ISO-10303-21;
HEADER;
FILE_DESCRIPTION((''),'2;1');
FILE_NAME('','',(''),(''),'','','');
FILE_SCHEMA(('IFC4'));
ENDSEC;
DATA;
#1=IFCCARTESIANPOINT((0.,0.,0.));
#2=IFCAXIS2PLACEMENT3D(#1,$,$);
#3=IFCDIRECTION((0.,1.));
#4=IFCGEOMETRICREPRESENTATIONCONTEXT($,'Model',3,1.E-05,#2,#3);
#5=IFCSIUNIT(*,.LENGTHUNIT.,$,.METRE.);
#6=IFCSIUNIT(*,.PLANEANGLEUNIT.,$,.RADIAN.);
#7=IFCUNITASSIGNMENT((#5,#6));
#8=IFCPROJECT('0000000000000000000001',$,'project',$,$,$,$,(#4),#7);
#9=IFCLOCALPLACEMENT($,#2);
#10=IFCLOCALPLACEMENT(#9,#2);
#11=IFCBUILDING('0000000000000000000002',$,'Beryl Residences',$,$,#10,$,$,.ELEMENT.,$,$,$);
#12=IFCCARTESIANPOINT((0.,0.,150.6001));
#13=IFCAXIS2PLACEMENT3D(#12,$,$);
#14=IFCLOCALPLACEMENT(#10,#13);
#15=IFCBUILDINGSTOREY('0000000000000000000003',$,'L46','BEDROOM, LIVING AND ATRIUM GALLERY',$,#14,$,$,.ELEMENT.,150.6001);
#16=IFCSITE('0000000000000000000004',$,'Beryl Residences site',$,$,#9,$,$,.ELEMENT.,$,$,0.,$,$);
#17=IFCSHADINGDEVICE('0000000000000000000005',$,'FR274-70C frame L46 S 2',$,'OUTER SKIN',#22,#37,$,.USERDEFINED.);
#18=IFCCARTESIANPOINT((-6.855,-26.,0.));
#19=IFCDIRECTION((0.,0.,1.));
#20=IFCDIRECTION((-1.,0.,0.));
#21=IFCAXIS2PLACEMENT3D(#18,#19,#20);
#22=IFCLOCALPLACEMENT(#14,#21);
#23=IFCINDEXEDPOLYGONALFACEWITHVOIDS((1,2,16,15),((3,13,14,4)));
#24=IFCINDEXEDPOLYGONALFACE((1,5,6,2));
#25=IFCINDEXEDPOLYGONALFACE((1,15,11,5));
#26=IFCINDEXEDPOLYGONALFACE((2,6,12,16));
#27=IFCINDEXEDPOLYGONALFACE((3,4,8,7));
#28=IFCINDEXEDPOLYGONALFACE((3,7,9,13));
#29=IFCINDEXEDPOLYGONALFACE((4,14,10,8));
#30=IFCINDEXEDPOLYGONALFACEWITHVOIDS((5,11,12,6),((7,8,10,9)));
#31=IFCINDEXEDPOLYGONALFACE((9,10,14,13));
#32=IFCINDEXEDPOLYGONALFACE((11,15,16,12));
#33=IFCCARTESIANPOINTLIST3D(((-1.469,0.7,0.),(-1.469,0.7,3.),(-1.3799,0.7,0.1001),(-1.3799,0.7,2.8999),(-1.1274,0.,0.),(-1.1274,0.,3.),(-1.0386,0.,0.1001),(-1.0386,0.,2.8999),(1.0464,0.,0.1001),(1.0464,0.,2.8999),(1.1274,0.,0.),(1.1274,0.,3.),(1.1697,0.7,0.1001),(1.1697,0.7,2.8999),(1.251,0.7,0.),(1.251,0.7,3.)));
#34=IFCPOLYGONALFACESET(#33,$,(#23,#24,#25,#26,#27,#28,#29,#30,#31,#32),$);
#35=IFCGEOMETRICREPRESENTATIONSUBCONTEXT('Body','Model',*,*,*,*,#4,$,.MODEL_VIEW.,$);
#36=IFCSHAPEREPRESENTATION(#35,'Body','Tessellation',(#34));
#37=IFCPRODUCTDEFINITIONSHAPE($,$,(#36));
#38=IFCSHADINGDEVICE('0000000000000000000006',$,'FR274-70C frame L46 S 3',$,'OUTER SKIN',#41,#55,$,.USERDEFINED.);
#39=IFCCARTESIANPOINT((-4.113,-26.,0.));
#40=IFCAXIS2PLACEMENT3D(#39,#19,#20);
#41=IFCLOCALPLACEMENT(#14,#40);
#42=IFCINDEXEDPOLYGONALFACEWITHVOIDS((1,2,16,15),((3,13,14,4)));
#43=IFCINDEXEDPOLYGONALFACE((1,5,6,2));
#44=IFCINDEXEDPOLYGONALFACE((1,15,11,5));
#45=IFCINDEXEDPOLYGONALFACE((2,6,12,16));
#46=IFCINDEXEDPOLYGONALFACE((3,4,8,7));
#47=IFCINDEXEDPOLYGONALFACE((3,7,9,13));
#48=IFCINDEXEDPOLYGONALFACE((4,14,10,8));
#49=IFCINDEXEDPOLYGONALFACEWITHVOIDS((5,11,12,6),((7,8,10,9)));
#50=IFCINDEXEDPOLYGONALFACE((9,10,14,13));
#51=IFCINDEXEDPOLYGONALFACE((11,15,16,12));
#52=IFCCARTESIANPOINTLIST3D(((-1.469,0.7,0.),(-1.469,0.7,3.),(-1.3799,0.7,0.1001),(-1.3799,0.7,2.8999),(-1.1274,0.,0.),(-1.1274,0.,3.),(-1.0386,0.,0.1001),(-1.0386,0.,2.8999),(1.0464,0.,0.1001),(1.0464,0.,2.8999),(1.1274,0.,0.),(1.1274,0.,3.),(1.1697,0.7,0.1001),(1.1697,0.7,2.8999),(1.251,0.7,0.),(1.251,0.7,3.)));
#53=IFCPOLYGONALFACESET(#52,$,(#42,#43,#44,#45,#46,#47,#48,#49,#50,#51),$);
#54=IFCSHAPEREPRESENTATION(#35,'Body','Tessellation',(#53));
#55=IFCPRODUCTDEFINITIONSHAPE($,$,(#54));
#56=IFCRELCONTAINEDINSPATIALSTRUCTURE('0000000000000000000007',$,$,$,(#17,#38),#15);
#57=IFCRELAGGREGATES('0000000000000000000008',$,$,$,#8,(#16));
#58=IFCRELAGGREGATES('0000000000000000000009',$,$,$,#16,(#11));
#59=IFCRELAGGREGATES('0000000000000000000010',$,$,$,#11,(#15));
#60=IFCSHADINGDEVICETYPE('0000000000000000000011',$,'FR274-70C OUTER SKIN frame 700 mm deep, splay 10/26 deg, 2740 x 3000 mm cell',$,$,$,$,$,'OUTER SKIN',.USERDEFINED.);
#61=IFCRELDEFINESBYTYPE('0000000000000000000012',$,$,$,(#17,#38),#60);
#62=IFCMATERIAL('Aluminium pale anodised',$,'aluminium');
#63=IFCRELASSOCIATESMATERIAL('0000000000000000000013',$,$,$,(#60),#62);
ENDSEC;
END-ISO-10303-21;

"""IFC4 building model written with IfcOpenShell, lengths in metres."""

from ifc_helpers import new_model, entity, si_unit, direction, frame, origin, place, context, subcontext, project, spatial, source, transform, mapped, material, type_object, type_shapes, element, save


model = new_model("IFC4")

# Units and contexts
model_context = context("Model", 3, precision=1e-05, world=origin(), true_north=direction((0.0, 1.0)))
body_context = subcontext(model_context, "Body", "Model", "MODEL_VIEW")
ifc_project = project(units=[si_unit("LENGTHUNIT", "METRE"), si_unit("PLANEANGLEUNIT", "RADIAN")], contexts=[model_context])

# Site, building, storey
site_placement = place(None, origin())
site = spatial("IfcSite", under=ifc_project, at=site_placement, Name="Beryl Residences site", CompositionType="ELEMENT", RefElevation=0.0)
building_placement = place(site_placement, origin())
building = spatial("IfcBuilding", under=site, at=building_placement, Name="Beryl Residences", CompositionType="ELEMENT")
storey_placement = place(building_placement, frame((0.0, 0.0, 150.6001)))
storey = spatial("IfcBuildingStorey", under=building, at=storey_placement, Name="L46", Description="BEDROOM, LIVING AND ATRIUM GALLERY", CompositionType="ELEMENT", Elevation=150.6001)

# Shading devices
ifc_material_1 = material(Name="Aluminium pale anodised", Category="aluminium")
shading_device_type = type_object("IfcShadingDeviceType", Name="FR274-70C OUTER SKIN frame 700 mm deep, splay 10/26 deg, 2740 x 3000 mm cell", ElementType="OUTER SKIN", PredefinedType="USERDEFINED", material=ifc_material_1)
cartesian_point_1 = entity("IfcCartesianPoint", [-1.1274, 0.0])
cartesian_point_2 = entity("IfcCartesianPoint", [-1.0464, 0.1001])
cartesian_point_3 = entity("IfcCartesianPoint", [-1.251, 0.0])
cartesian_point_4 = entity("IfcCartesianPoint", [-1.1697, 0.1001])
shared_shape_1 = source(origin(), body_context, "Body", "SweptSolid", [
    entity("IfcExtrudedAreaSolidTapered", entity("IfcArbitraryProfileDefWithVoids", "AREA", None, entity("IfcPolyline", [cartesian_point_1, entity("IfcCartesianPoint", [1.1274, 0.0]), entity("IfcCartesianPoint", [1.1274, 3.0]), entity("IfcCartesianPoint", [-1.1274, 3.0]), cartesian_point_1]), [entity("IfcPolyline", [cartesian_point_2, entity("IfcCartesianPoint", [1.0386, 0.1001]), entity("IfcCartesianPoint", [1.0386, 2.8999]), entity("IfcCartesianPoint", [-1.0464, 2.8999]), cartesian_point_2])]), entity("IfcAxis2Placement3D", entity("IfcCartesianPoint", [0.0, 0.0, 0.0]), entity("IfcDirection", [0.0, 1.0, 0.0]), entity("IfcDirection", [-1.0, 0.0, 0.0])), entity("IfcDirection", [0.0, 0.0, 1.0]), 0.7, entity("IfcArbitraryProfileDefWithVoids", "AREA", None, entity("IfcPolyline", [cartesian_point_3, entity("IfcCartesianPoint", [1.469, 0.0]), entity("IfcCartesianPoint", [1.469, 3.0]), entity("IfcCartesianPoint", [-1.251, 3.0]), cartesian_point_3]), [entity("IfcPolyline", [cartesian_point_4, entity("IfcCartesianPoint", [1.3799, 0.1001]), entity("IfcCartesianPoint", [1.3799, 2.8999]), entity("IfcCartesianPoint", [-1.1697, 2.8999]), cartesian_point_4])])),
])
type_shapes(shading_device_type, [shared_shape_1])
for number, where, z_axis, x_axis, name in (
    (1, (-6.855, -26.0, 0.0), (0.0, 0.0, 1.0), (-1.0, 0.0, 0.0), "FR274-70C frame L46 S 2"),
    (2, (-4.113, -26.0, 0.0), (0.0, 0.0, 1.0), (-1.0, 0.0, 0.0), "FR274-70C frame L46 S 3"),
):
    element("IfcShadingDevice", number, at=place(storey_placement, frame(where, z_axis=z_axis, x_axis=x_axis)), inside=storey, type_object=shading_device_type, Name=name, ObjectType="OUTER SKIN", PredefinedType="USERDEFINED", context=body_context, shape_type="MappedRepresentation", body=[
        mapped(shared_shape_1, transform((0.0, 0.0, 0.0))),
    ])

save(model, "model.ifc")
